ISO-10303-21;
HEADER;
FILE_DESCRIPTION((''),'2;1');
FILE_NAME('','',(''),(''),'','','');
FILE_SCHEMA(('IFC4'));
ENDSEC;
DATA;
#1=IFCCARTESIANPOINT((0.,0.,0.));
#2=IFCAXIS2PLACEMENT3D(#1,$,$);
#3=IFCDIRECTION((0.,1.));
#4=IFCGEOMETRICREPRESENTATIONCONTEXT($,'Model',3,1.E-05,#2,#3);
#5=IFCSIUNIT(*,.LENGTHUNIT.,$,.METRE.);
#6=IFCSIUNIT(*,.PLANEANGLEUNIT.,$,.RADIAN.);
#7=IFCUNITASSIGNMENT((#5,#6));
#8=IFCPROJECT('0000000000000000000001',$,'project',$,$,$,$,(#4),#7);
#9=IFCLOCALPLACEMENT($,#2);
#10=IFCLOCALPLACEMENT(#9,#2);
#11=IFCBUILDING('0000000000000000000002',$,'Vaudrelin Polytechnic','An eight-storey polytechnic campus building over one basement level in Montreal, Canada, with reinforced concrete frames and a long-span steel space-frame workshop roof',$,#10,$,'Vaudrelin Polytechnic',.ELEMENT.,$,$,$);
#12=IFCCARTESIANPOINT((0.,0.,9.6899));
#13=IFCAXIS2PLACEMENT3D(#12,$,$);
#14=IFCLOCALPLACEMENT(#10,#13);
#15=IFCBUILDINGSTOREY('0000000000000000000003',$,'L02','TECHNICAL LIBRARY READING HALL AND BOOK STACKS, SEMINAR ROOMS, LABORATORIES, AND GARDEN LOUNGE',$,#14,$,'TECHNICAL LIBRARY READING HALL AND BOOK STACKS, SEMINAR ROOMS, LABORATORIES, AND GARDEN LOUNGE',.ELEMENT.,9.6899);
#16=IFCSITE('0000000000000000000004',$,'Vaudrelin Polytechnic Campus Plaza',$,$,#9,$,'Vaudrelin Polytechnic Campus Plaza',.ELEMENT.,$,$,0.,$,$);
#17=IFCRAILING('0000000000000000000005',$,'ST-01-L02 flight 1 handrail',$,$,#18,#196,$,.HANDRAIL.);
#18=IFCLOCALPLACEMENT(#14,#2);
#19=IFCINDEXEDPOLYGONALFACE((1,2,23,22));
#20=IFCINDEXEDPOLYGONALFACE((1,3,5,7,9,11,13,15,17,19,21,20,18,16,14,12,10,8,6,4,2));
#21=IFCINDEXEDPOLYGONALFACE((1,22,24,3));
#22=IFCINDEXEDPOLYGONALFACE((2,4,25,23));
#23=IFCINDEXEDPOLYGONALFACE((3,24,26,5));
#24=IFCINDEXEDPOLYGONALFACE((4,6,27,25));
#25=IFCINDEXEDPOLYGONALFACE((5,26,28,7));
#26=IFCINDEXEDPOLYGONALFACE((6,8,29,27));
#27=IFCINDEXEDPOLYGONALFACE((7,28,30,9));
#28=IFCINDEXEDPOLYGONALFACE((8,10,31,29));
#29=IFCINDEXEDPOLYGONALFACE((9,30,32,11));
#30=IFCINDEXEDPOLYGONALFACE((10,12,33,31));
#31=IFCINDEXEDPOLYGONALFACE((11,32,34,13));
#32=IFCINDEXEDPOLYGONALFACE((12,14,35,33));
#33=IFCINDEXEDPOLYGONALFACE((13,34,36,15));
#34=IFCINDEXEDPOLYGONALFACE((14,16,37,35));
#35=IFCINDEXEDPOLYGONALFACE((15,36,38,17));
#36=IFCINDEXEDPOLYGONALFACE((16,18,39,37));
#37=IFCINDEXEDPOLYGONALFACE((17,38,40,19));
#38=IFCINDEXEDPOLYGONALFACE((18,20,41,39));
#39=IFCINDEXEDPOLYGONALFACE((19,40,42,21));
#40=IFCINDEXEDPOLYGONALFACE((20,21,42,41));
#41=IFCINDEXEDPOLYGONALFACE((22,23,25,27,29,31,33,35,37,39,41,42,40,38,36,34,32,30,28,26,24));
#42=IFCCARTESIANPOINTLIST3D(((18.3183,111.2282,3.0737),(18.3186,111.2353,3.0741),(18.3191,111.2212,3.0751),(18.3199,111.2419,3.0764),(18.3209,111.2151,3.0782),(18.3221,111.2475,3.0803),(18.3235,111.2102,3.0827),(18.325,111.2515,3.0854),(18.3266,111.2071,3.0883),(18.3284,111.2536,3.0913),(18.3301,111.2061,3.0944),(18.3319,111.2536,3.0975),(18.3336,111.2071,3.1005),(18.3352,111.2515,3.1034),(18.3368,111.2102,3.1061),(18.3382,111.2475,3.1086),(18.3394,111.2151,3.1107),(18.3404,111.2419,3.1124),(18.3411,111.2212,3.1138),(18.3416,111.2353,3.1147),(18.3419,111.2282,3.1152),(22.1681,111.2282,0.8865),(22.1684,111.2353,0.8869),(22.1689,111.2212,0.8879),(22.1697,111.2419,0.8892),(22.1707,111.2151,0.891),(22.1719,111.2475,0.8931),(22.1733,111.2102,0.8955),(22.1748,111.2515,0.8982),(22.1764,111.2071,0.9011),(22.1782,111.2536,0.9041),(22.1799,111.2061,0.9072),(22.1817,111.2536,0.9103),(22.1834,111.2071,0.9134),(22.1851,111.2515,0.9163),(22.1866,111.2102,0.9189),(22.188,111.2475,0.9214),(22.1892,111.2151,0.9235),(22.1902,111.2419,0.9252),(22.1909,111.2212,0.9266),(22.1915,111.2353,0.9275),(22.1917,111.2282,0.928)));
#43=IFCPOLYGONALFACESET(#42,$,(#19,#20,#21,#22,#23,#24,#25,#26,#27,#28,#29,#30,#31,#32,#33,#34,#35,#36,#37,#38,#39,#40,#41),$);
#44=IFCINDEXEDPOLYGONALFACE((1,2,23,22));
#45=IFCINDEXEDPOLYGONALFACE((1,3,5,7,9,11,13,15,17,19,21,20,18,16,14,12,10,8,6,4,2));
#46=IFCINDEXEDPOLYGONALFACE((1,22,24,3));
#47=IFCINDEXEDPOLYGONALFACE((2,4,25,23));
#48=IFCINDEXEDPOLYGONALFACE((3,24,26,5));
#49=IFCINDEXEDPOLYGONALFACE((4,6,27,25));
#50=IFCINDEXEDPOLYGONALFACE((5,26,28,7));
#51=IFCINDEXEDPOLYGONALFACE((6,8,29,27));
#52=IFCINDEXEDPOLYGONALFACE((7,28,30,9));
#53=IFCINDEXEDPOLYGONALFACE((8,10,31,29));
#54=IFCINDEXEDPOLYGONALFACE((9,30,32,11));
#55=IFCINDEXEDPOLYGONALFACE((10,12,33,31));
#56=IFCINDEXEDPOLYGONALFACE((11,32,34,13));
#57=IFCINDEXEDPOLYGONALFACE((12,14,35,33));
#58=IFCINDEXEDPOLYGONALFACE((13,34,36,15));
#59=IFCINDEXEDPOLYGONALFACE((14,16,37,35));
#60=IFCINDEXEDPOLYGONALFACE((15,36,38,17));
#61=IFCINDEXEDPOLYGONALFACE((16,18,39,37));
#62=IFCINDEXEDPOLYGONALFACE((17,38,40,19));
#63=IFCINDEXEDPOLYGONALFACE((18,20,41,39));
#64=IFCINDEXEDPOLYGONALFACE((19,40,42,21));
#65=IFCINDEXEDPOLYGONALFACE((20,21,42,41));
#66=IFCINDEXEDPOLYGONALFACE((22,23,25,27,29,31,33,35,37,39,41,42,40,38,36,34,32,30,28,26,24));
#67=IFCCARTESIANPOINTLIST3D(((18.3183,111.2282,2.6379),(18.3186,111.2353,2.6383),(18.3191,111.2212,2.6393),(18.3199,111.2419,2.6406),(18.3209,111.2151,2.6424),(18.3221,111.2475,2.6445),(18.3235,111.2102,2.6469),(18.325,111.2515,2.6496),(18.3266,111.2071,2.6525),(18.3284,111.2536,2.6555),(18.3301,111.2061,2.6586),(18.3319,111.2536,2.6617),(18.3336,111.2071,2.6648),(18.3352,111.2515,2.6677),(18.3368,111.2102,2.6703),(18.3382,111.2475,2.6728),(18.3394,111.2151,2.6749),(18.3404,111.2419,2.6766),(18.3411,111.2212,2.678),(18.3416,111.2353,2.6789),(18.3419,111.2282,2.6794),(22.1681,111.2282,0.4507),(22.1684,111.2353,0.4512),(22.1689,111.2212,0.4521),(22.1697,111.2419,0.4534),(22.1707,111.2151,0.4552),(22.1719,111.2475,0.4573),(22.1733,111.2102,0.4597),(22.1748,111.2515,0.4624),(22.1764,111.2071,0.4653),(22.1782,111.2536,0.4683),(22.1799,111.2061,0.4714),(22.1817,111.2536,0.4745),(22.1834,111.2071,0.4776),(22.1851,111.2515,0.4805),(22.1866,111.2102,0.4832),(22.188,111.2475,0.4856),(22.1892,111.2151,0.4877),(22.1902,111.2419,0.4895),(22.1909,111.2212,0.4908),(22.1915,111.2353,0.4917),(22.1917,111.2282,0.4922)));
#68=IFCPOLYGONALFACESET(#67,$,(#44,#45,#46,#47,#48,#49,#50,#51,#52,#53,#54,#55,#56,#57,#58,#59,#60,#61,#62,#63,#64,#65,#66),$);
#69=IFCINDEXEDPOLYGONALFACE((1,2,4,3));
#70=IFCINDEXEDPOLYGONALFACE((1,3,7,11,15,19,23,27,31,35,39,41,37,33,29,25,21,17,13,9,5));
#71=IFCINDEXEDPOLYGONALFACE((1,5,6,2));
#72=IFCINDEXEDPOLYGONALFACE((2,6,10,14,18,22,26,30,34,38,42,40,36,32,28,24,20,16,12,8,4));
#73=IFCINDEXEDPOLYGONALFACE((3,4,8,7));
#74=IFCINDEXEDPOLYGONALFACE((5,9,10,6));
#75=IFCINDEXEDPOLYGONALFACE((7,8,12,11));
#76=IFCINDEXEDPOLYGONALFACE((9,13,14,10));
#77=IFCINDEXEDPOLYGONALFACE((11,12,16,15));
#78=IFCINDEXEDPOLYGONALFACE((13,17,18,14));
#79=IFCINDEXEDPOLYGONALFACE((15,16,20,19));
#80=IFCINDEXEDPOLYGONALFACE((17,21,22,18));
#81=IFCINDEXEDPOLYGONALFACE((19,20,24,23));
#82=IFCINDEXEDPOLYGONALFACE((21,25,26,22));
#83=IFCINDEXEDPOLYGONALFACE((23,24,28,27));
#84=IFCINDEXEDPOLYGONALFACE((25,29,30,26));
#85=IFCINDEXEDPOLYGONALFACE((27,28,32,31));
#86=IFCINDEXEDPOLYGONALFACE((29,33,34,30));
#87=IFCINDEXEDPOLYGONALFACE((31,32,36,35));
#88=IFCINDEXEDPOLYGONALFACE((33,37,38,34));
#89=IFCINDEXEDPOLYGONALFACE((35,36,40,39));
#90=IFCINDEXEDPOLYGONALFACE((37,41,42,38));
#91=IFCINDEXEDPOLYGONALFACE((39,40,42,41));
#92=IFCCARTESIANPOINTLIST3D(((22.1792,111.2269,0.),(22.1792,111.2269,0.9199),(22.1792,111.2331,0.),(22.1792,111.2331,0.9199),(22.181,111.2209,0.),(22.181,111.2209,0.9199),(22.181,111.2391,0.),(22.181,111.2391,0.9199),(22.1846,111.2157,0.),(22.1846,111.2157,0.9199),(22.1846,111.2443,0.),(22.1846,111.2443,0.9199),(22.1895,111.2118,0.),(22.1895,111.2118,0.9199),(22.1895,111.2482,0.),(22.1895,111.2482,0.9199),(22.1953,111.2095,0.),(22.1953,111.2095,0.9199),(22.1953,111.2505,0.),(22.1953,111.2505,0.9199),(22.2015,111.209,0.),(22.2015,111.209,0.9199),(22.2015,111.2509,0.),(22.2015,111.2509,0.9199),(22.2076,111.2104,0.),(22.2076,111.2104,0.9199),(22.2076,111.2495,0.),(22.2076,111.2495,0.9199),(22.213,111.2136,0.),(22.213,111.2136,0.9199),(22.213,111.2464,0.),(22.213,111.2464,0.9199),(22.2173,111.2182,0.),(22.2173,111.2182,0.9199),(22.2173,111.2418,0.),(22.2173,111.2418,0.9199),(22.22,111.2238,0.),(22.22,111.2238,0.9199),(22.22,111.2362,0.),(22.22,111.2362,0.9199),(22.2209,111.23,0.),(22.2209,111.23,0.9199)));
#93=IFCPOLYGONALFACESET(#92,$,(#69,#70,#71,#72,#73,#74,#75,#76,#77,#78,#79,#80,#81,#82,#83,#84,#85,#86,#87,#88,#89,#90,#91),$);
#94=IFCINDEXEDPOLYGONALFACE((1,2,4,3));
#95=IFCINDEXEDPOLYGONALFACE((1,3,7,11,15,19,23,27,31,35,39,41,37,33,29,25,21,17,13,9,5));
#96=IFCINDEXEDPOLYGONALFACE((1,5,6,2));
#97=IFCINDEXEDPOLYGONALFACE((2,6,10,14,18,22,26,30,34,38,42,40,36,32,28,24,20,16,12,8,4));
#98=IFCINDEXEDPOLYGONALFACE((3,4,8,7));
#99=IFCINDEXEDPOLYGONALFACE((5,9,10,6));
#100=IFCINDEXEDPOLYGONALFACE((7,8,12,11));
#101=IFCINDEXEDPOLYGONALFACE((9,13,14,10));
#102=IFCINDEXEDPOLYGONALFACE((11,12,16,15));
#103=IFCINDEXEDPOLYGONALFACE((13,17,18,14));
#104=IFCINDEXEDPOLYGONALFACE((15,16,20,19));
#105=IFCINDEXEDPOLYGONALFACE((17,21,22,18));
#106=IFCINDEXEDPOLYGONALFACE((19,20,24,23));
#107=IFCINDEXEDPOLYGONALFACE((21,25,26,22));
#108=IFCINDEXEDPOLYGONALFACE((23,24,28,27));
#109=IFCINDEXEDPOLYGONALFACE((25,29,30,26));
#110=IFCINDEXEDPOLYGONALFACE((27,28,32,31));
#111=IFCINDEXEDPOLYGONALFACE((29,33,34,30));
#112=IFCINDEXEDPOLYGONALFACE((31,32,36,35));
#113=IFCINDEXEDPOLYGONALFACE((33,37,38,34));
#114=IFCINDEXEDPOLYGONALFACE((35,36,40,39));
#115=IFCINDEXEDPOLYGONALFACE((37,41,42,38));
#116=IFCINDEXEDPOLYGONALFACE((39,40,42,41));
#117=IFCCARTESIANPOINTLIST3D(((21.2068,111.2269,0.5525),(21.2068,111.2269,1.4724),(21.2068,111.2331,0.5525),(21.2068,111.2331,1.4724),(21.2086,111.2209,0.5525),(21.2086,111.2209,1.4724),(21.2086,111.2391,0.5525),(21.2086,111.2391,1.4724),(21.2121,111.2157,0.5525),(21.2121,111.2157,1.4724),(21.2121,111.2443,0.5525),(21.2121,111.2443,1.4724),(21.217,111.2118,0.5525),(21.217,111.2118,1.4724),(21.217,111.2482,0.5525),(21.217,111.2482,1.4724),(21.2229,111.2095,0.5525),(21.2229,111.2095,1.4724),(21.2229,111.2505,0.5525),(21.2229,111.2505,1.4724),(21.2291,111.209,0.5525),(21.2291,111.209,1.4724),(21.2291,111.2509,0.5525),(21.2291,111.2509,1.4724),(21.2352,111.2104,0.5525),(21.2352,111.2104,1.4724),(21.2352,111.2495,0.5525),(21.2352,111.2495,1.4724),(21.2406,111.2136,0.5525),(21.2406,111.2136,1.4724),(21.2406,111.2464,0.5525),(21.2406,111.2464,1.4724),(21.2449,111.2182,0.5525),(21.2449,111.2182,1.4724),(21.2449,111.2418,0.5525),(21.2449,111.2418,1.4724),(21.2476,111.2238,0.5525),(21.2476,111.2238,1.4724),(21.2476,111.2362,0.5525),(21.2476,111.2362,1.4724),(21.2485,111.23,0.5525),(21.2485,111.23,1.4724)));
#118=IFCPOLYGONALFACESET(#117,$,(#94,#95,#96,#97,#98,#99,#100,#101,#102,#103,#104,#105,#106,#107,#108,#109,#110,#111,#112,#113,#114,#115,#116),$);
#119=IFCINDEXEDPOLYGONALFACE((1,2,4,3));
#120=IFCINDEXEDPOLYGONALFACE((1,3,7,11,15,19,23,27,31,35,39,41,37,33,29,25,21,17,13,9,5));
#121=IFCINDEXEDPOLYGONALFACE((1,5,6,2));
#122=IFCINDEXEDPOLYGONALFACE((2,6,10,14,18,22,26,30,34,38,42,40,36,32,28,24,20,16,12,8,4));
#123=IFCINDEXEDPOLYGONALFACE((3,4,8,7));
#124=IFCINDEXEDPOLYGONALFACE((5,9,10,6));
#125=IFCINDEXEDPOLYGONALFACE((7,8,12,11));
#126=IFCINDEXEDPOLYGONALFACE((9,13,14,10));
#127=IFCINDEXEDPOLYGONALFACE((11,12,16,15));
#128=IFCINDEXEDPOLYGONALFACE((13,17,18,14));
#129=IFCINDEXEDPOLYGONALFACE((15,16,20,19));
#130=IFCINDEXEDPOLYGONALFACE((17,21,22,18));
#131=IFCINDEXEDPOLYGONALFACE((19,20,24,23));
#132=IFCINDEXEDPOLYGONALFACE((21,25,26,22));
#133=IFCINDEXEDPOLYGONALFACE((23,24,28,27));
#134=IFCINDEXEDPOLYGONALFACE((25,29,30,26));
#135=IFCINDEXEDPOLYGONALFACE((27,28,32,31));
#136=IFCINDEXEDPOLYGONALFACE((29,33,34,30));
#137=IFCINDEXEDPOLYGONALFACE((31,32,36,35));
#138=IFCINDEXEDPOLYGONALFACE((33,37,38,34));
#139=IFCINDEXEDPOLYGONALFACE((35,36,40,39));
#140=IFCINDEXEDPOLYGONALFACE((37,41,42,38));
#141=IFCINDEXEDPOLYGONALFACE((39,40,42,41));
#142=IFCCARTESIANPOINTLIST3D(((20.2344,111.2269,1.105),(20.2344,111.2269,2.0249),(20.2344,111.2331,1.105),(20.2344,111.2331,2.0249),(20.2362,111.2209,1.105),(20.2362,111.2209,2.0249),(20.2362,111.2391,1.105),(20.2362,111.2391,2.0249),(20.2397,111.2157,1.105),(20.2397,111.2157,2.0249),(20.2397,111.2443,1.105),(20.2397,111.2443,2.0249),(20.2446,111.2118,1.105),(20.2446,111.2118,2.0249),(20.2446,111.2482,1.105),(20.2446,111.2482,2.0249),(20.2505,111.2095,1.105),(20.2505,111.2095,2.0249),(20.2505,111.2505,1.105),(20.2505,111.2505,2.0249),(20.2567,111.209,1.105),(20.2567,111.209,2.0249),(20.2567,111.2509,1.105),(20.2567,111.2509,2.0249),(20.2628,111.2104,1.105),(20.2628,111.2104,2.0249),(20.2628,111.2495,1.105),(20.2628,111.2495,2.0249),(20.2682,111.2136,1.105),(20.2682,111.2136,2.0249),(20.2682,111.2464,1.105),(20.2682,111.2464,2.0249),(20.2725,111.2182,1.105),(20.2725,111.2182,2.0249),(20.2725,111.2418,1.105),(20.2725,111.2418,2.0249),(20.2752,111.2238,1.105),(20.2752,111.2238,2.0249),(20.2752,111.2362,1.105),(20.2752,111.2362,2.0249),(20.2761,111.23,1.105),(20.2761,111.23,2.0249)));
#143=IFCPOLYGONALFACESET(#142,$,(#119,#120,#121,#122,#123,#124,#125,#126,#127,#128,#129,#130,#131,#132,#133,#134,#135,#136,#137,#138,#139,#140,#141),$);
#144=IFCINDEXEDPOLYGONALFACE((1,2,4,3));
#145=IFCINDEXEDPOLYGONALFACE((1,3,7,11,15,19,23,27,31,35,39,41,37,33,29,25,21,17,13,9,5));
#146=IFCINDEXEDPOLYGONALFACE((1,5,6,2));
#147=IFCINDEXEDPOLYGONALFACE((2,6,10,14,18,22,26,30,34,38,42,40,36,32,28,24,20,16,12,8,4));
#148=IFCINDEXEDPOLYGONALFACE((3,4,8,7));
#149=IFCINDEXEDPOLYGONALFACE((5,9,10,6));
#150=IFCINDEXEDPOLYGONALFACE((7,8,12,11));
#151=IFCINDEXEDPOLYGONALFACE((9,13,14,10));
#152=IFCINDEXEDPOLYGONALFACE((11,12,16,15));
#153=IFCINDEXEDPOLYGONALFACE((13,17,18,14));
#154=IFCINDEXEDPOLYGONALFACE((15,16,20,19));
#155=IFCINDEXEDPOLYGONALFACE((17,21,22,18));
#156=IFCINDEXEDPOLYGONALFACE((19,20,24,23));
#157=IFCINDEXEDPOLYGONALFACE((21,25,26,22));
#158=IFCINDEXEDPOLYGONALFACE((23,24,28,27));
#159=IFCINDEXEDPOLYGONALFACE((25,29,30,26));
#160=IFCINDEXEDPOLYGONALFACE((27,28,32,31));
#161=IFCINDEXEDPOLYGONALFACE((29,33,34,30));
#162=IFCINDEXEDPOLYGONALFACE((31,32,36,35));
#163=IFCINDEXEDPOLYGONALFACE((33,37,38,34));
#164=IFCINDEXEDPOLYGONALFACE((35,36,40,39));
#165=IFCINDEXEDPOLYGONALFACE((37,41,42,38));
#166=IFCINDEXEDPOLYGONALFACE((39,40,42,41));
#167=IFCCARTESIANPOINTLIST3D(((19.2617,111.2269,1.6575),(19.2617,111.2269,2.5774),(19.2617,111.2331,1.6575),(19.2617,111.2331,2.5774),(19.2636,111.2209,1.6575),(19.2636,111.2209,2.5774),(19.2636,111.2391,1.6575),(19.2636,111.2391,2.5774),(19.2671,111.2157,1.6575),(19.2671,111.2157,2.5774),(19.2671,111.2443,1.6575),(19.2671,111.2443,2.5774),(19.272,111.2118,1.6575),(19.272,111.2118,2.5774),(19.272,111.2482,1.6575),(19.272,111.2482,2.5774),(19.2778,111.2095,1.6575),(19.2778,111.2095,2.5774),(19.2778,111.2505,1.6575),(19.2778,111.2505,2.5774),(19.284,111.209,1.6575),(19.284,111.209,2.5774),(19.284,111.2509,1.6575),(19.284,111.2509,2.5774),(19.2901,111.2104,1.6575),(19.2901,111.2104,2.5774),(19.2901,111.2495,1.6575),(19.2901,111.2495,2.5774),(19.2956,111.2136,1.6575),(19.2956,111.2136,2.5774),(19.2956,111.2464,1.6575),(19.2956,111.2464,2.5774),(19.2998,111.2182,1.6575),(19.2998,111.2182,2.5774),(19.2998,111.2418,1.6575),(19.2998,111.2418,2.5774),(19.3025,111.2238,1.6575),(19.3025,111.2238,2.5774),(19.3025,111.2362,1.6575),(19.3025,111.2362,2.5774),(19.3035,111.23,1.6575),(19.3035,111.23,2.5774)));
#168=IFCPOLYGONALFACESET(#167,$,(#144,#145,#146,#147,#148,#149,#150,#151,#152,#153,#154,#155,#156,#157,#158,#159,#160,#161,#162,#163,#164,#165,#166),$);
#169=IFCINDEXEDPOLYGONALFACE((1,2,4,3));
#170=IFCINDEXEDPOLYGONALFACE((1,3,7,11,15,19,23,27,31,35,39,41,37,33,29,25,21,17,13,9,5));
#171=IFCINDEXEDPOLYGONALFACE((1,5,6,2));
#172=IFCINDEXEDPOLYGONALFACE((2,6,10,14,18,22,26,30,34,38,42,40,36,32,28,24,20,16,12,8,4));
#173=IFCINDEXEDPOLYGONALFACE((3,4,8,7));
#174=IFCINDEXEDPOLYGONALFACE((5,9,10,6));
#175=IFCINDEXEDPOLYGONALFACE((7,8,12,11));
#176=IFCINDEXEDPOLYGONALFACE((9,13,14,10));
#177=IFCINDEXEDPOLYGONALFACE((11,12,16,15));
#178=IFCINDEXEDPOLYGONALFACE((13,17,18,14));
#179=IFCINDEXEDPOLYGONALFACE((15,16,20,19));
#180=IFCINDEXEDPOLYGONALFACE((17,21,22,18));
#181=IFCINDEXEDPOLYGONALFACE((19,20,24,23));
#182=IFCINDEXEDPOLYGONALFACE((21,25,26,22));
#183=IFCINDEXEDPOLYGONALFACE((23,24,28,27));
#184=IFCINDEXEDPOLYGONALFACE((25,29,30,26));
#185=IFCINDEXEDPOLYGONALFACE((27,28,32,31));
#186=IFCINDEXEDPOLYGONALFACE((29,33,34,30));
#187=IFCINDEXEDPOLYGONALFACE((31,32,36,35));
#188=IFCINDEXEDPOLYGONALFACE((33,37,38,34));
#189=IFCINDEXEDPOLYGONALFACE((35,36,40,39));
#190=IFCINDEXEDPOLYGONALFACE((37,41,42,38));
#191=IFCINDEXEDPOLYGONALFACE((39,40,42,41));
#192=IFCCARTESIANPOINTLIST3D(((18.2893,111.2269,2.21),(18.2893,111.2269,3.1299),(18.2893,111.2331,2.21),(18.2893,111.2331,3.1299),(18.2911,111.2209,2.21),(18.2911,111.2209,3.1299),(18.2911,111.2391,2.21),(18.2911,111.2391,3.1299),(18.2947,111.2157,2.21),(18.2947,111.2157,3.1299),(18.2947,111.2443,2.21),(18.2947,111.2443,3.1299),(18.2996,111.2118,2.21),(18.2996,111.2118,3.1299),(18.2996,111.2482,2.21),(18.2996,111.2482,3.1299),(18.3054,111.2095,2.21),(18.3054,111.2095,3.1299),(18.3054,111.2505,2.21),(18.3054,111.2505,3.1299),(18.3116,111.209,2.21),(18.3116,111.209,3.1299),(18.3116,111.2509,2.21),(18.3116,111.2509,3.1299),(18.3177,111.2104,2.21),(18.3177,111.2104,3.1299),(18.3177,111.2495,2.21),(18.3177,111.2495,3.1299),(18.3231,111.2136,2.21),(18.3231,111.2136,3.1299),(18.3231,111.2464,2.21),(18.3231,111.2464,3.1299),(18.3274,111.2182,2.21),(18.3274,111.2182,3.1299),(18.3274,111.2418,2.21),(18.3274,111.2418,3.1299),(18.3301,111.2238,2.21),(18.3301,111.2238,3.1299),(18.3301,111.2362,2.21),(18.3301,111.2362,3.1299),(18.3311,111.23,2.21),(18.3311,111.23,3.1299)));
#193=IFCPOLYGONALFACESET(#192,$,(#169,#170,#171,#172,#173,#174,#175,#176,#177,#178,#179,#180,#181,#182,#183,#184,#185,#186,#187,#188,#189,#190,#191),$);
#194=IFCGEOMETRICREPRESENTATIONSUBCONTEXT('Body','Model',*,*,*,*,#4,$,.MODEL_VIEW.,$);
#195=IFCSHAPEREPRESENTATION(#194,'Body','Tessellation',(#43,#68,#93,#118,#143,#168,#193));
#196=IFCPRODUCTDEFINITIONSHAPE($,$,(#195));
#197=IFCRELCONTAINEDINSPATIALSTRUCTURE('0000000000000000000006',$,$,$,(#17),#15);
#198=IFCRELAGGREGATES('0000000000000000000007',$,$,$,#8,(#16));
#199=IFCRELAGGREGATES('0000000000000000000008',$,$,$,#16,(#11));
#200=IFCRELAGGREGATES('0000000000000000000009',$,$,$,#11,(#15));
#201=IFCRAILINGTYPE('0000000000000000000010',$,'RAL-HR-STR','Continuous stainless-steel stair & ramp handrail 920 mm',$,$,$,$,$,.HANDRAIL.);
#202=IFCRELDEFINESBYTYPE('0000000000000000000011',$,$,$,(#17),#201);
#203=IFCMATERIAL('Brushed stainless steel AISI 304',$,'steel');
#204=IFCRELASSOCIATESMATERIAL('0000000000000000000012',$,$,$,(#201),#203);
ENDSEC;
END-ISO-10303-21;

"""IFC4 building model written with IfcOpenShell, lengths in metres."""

from ifc_helpers import new_model, si_unit, direction, frame, origin, origin_2d, place, context, subcontext, project, spatial, circle, extrude, material, type_object, element, save


model = new_model("IFC4")

# Units and contexts
model_context = context("Model", 3, precision=1e-05, world=origin(), true_north=direction((0.0, 1.0)))
body_context = subcontext(model_context, "Body", "Model", "MODEL_VIEW")
ifc_project = project(units=[si_unit("LENGTHUNIT", "METRE"), si_unit("PLANEANGLEUNIT", "RADIAN")], contexts=[model_context])

# Site, building, storey
site_placement = place(None, origin())
site = spatial("IfcSite", under=ifc_project, at=site_placement, Name="Vaudrelin Polytechnic Campus Plaza", LongName="Vaudrelin Polytechnic Campus Plaza", CompositionType="ELEMENT", RefElevation=0.0)
building_placement = place(site_placement, origin())
building = spatial("IfcBuilding", under=site, at=building_placement, Name="Vaudrelin Polytechnic", Description="An eight-storey polytechnic campus building over one basement level in Montreal, Canada, with reinforced concrete frames and a long-span steel space-frame workshop roof", LongName="Vaudrelin Polytechnic", CompositionType="ELEMENT")
storey_placement = place(building_placement, frame((0.0, 0.0, 9.6899)))
storey = spatial("IfcBuildingStorey", under=building, at=storey_placement, Name="L02", Description="TECHNICAL LIBRARY READING HALL AND BOOK STACKS, SEMINAR ROOMS, LABORATORIES, AND GARDEN LOUNGE", LongName="TECHNICAL LIBRARY READING HALL AND BOOK STACKS, SEMINAR ROOMS, LABORATORIES, AND GARDEN LOUNGE", CompositionType="ELEMENT", Elevation=9.6899)

# Railing
ifc_material_1 = material(Name="Brushed stainless steel AISI 304", Category="steel")
railing_type_1 = type_object("IfcRailingType", Name="RAL-HR-STR", Description="Continuous stainless-steel stair & ramp handrail 920 mm", PredefinedType="HANDRAIL", material=ifc_material_1)
railing_1_placement = place(storey_placement, frame((22.2, 111.23, 0.0)))
element("IfcRailing", 1, at=railing_1_placement, inside=storey, type_object=railing_type_1, Name="ST-01-L02 flight 1 handrail", PredefinedType="HANDRAIL", context=body_context, shape_type="SweptSolid", body=[
    extrude(circle(Radius=0.0239, at=origin_2d()), frame((-0.02, 0.0, 0.9072), z_axis=(-0.869476, 0.0, 0.493975), x_axis=(0.0, -1.0, 0.0)), (0.0, 0.0, 1.0), 4.4277),
    extrude(circle(Radius=0.0239, at=origin_2d()), frame((-0.02, 0.0, 0.4714), z_axis=(-0.869476, 0.0, 0.493975), x_axis=(0.0, -1.0, 0.0)), (0.0, 0.0, 1.0), 4.4277),
    extrude(circle(Radius=0.021, at=origin_2d()), origin(), (0.0, 0.0, 1.0), 0.9199),
    extrude(circle(Radius=0.021, at=origin_2d()), frame((-0.9724, 0.0, 0.5525)), (0.0, 0.0, 1.0), 0.9199),
    extrude(circle(Radius=0.021, at=origin_2d()), frame((-1.9448, 0.0, 1.105)), (0.0, 0.0, 1.0), 0.9199),
    extrude(circle(Radius=0.021, at=origin_2d()), frame((-2.9175, 0.0, 1.6575)), (0.0, 0.0, 1.0), 0.9199),
    extrude(circle(Radius=0.021, at=origin_2d()), frame((-3.8899, 0.0, 2.21)), (0.0, 0.0, 1.0), 0.9199),
])

save(model, "model.ifc")
